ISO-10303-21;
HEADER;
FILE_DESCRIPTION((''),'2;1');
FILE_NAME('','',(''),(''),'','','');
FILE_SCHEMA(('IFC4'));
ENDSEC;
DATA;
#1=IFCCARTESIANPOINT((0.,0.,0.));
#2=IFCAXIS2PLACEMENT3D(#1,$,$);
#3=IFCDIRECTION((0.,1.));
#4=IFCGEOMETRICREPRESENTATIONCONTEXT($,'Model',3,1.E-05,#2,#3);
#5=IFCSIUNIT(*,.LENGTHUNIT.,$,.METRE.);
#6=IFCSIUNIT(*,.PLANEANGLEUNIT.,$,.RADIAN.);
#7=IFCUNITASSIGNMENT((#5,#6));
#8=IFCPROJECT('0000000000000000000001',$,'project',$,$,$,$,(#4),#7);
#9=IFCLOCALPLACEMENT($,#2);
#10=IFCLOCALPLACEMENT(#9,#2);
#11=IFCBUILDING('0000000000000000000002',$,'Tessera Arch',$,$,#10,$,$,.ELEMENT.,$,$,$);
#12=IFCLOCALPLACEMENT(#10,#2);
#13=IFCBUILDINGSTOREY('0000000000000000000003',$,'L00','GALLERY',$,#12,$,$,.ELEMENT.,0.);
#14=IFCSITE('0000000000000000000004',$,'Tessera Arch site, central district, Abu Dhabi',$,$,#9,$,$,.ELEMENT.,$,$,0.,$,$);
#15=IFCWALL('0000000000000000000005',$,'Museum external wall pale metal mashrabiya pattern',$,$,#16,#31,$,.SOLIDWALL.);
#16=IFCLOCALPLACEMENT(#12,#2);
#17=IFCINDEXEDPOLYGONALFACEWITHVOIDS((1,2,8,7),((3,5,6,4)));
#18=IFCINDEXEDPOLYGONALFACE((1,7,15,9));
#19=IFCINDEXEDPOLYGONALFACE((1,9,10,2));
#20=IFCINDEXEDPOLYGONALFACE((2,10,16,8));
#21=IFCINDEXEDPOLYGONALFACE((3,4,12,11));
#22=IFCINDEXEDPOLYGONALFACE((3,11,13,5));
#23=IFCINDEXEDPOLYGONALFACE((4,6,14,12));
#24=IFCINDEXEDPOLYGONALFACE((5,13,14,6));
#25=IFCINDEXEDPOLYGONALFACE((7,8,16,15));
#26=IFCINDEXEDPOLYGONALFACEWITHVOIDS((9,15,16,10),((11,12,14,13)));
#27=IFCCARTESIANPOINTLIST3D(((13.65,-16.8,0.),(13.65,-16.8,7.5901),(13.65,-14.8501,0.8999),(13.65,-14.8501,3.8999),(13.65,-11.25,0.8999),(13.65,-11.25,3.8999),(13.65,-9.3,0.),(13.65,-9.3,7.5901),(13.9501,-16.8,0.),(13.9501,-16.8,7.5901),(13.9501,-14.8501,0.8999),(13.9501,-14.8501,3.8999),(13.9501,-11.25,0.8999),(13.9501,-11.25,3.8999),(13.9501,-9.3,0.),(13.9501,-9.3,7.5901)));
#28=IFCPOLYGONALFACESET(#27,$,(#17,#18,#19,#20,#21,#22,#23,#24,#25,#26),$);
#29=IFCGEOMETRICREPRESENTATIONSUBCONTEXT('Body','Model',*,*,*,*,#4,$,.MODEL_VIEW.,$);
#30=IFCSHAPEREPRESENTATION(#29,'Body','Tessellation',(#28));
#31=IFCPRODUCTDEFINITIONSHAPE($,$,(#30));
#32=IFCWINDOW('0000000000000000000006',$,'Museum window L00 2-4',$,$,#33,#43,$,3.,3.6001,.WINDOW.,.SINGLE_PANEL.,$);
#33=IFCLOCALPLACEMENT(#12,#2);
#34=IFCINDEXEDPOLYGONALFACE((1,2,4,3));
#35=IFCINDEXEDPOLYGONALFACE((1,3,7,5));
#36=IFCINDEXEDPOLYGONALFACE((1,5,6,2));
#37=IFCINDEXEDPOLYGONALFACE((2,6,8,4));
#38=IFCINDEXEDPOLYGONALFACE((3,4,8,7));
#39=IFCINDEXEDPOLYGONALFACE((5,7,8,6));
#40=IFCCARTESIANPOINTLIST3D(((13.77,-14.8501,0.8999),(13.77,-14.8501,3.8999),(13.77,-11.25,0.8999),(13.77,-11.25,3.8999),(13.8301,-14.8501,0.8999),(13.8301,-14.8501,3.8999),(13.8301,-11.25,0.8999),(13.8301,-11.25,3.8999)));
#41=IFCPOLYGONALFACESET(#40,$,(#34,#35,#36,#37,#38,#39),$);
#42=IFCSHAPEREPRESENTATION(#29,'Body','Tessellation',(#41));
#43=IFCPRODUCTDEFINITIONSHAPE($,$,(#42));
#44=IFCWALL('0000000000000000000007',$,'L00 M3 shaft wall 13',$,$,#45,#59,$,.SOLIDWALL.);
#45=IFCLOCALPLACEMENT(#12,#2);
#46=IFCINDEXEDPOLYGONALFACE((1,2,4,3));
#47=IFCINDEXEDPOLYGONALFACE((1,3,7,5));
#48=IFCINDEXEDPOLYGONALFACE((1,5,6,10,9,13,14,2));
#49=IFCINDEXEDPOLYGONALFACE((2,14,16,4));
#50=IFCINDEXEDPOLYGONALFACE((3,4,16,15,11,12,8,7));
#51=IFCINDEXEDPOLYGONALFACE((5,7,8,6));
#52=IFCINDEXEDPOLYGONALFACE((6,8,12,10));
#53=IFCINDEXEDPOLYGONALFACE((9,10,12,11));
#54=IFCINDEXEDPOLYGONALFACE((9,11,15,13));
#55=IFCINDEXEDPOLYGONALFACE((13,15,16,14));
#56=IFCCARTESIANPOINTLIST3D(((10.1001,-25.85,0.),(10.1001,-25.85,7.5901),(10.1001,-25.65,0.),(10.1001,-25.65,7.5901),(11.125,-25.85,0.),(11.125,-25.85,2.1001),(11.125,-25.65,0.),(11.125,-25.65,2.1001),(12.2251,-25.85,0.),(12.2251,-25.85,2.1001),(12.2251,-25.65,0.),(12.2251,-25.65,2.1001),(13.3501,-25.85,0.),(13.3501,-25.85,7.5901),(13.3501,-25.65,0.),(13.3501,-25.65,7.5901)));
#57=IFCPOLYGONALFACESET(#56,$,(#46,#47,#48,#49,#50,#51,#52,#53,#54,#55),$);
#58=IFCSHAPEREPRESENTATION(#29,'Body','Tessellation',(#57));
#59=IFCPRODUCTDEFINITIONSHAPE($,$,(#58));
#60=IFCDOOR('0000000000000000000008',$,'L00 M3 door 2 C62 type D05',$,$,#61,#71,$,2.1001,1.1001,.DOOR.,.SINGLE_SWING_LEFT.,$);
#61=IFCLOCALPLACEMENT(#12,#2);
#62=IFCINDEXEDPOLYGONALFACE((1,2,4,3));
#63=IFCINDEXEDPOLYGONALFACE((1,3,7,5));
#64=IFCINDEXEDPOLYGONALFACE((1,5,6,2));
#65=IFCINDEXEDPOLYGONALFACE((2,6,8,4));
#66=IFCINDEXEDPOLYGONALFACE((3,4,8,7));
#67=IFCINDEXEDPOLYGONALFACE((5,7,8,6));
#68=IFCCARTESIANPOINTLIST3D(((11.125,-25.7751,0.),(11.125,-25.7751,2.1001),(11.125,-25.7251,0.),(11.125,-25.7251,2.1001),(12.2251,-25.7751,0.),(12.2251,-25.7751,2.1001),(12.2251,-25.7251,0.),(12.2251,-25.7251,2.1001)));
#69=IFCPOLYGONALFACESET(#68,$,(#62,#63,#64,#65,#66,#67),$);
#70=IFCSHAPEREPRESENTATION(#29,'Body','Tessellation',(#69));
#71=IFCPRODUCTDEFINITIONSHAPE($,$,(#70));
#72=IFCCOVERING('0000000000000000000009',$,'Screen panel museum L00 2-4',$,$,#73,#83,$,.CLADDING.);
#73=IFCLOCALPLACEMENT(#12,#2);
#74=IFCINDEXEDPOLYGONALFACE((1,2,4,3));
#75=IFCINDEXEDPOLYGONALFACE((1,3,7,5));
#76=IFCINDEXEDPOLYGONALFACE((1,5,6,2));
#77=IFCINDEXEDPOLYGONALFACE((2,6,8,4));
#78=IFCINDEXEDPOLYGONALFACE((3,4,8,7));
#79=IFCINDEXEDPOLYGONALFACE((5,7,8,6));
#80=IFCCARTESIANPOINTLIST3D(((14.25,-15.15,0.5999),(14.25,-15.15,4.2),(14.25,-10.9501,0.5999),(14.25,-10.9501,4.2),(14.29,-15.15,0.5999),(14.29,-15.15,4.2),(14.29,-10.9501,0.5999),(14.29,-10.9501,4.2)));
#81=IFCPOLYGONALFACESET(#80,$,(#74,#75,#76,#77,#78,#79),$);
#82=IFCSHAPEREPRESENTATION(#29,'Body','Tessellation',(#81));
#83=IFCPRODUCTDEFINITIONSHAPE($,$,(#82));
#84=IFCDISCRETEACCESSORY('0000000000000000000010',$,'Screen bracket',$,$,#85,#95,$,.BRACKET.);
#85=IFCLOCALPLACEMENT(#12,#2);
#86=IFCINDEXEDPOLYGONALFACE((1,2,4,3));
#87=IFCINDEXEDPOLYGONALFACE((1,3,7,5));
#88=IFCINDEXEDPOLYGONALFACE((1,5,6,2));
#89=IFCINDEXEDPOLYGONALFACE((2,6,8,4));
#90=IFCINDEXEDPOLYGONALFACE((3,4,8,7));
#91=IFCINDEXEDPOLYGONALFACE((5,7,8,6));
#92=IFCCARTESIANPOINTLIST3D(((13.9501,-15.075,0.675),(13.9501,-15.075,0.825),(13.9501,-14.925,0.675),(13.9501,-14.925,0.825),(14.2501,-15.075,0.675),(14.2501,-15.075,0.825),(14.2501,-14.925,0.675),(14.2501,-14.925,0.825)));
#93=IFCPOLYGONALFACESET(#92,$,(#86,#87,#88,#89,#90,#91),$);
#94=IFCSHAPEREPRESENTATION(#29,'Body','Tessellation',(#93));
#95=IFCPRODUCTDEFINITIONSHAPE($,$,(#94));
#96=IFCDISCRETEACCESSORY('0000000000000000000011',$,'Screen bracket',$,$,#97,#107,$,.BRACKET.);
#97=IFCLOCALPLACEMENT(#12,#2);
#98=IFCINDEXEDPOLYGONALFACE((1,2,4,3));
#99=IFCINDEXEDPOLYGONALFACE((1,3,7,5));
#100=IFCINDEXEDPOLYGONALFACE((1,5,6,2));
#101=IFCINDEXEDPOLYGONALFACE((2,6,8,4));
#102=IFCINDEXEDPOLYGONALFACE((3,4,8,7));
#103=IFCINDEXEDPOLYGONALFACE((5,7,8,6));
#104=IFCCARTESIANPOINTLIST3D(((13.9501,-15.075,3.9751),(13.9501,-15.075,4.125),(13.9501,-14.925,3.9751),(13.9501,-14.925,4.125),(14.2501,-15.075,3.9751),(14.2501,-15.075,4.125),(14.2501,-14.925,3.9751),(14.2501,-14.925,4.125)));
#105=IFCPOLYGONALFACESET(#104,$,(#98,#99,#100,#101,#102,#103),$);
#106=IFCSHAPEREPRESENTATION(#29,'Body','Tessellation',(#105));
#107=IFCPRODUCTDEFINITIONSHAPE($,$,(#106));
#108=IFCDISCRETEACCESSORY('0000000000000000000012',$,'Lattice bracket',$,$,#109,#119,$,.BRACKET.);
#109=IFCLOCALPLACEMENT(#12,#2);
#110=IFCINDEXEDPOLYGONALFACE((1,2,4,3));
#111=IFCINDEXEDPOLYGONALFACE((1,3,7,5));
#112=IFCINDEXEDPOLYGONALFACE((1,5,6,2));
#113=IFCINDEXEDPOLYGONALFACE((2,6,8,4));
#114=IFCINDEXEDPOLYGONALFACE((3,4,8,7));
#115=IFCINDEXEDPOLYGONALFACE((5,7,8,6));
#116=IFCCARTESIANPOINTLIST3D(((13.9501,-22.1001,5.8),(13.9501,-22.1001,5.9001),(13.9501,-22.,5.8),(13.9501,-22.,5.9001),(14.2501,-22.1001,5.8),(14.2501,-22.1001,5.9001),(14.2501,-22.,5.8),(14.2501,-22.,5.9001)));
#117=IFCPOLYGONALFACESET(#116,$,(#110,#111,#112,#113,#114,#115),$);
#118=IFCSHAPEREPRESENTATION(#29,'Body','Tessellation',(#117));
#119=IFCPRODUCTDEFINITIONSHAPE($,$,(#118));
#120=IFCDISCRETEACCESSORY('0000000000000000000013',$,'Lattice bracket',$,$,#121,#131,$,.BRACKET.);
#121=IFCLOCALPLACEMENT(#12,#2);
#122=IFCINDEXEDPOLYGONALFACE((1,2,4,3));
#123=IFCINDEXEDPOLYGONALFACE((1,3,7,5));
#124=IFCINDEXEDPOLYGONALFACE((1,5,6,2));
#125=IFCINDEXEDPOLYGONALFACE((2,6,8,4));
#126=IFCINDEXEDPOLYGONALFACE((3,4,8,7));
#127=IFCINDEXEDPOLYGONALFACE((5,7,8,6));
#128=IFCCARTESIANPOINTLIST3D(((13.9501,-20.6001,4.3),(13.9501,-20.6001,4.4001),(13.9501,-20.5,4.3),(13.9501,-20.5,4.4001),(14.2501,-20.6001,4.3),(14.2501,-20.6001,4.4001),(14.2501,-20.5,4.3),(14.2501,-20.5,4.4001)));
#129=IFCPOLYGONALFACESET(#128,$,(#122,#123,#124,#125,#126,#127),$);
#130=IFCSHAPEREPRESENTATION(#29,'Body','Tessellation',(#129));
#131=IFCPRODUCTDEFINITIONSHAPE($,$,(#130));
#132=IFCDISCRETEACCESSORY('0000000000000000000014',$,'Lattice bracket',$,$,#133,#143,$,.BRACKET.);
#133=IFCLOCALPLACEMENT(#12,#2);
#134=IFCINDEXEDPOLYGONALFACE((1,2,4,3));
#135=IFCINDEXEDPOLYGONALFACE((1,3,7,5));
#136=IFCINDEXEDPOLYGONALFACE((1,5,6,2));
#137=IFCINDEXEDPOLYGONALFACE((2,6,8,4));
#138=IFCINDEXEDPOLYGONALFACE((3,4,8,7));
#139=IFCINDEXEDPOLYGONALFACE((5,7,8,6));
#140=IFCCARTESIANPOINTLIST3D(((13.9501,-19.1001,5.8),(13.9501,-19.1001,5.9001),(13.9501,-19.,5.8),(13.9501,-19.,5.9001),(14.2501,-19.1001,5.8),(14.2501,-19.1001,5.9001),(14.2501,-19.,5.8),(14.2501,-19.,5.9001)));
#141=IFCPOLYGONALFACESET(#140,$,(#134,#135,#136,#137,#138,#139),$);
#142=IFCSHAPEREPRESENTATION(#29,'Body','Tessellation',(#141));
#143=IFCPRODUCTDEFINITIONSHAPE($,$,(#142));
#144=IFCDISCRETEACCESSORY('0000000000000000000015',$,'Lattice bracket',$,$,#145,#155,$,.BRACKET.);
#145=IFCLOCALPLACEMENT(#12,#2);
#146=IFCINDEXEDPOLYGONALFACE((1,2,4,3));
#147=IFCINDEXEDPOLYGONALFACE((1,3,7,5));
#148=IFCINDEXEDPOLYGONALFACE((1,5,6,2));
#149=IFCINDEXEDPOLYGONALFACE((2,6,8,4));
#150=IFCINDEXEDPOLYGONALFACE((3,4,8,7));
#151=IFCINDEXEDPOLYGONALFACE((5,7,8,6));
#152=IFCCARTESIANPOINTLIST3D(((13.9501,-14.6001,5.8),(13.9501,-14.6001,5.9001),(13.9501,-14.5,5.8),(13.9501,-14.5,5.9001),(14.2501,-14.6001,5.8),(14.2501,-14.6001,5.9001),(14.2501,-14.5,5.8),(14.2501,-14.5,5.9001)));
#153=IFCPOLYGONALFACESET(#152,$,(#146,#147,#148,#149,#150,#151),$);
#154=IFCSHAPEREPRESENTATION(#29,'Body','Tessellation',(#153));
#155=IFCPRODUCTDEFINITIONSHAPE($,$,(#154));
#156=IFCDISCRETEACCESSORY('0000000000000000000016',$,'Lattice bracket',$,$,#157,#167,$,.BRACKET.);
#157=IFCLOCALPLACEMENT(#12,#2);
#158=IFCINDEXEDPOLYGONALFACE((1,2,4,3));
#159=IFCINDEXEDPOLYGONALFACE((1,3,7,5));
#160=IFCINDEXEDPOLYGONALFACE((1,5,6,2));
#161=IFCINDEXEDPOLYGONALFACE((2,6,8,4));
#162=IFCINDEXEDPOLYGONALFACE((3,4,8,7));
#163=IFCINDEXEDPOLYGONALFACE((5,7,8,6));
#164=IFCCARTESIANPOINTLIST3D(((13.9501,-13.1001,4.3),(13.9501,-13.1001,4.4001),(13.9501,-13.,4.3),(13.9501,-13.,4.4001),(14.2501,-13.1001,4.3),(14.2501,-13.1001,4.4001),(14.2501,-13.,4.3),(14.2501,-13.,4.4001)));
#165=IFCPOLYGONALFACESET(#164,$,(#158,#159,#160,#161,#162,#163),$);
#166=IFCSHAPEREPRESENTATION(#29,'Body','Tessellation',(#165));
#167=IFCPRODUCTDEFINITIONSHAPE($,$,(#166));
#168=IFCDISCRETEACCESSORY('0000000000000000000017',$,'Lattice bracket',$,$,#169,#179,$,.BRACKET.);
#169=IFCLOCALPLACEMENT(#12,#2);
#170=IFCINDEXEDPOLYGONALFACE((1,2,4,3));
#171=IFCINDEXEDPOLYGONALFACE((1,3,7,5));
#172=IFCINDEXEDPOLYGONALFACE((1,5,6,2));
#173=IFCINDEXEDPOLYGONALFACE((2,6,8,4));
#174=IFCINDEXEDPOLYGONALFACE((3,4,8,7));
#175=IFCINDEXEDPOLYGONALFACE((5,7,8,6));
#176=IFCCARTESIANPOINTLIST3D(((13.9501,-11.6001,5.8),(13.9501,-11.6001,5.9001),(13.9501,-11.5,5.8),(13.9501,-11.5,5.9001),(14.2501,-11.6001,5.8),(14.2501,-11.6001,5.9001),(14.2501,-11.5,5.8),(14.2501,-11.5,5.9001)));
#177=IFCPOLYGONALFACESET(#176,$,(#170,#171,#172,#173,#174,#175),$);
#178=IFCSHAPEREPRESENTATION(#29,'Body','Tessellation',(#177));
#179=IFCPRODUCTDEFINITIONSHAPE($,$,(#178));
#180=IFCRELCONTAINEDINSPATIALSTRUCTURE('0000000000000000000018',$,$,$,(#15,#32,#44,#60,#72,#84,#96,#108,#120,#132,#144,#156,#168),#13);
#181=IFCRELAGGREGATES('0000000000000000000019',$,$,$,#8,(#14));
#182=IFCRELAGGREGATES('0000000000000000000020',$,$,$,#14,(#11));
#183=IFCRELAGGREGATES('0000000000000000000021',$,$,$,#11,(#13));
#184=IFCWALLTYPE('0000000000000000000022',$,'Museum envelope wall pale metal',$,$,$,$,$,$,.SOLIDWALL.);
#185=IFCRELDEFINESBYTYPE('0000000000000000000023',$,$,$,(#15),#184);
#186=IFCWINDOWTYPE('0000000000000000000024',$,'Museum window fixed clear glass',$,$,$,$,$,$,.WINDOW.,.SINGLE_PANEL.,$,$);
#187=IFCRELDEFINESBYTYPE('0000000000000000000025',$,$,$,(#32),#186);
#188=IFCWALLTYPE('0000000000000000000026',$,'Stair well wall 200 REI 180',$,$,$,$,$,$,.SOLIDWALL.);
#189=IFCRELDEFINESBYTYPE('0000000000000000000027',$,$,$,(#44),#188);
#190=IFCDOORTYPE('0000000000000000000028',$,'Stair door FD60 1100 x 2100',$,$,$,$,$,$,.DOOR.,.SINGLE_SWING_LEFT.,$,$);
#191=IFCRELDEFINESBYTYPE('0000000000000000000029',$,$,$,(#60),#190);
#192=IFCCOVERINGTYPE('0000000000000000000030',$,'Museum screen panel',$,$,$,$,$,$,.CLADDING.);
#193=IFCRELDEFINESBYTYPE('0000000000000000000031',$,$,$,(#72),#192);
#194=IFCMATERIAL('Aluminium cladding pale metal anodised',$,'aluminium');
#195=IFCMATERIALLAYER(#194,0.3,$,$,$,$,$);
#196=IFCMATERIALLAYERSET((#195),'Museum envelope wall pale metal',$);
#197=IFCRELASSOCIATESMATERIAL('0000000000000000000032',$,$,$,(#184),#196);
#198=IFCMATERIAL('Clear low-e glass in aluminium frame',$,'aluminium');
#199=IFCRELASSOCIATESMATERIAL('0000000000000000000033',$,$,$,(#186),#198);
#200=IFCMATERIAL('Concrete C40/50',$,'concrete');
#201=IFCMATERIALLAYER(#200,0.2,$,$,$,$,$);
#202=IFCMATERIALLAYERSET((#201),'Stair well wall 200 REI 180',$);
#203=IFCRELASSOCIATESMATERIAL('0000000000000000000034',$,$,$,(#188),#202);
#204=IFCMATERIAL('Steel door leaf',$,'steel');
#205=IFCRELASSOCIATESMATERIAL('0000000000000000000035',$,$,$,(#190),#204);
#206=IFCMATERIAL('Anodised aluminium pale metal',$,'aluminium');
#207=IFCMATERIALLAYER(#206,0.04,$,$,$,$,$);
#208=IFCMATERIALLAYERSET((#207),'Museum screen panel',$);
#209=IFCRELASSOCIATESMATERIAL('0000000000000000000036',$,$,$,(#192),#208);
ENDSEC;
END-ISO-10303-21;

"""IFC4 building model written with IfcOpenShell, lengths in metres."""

from ifc_helpers import new_model, si_unit, direction, frame, frame_2d, origin, origin_2d, place, context, subcontext, project, spatial, rectangle, extrude, material, layer, layer_set, type_object, element, fill, save


model = new_model("IFC4")

# Units and contexts
model_context = context("Model", 3, precision=1e-05, world=origin(), true_north=direction((0.0, 1.0)))
body_context = subcontext(model_context, "Body", "Model", "MODEL_VIEW")
ifc_project = project(units=[si_unit("LENGTHUNIT", "METRE"), si_unit("PLANEANGLEUNIT", "RADIAN")], contexts=[model_context])

# Site, building, storey
site_placement = place(None, origin())
site = spatial("IfcSite", under=ifc_project, at=site_placement, Name="Tessera Arch site, central district, Abu Dhabi", CompositionType="ELEMENT", RefElevation=0.0)
building_placement = place(site_placement, origin())
building = spatial("IfcBuilding", under=site, at=building_placement, Name="Tessera Arch", CompositionType="ELEMENT")
storey_placement = place(building_placement, origin())
storey = spatial("IfcBuildingStorey", under=building, at=storey_placement, Name="L00", Description="GALLERY", CompositionType="ELEMENT", Elevation=0.0)

# Shared definitions
ifc_material_1 = material(Name="Aluminium cladding pale metal anodised", Category="aluminium")
ifc_layer_1 = layer(ifc_material_1, 0.3)
ifc_layer_set_1 = layer_set([ifc_layer_1], Name="Museum envelope wall pale metal")
wall_type_1 = type_object("IfcWallType", Name="Museum envelope wall pale metal", PredefinedType="SOLIDWALL", material=ifc_layer_set_1)

# Wall, opening, window
wall_1_placement = place(storey_placement, frame((13.8, -16.8, 0.0), z_axis=(0.0, 0.0, 1.0), x_axis=(0.0, 1.0, 0.0)))
wall_1 = element("IfcWall", 1, at=wall_1_placement, inside=storey, type_object=wall_type_1, Name="Museum external wall pale metal mashrabiya pattern", PredefinedType="SOLIDWALL", context=body_context, shape_type="SweptSolid", body=[
    extrude(rectangle(XDim=7.5, YDim=0.3, at=frame_2d((3.75, 0.0))), origin(), (0.0, 0.0, 1.0), 7.5901),
])
opening_1_placement = place(wall_1_placement, frame((1.95, 0.0, 0.8999)))
opening_1 = element("IfcOpeningElement", 2, at=opening_1_placement, cuts=wall_1, PredefinedType="OPENING", context=body_context, shape_type="SweptSolid", body=[
    extrude(rectangle(XDim=3.6001, YDim=3.0, at=frame_2d((1.8, 1.5))), frame((0.0, 0.1599, 0.0), z_axis=(0.0, -1.0, 0.0), x_axis=(1.0, 0.0, 0.0)), (0.0, 0.0, 1.0), 0.3201),
])
ifc_material_2 = material(Name="Clear low-e glass in aluminium frame", Category="aluminium")
window_type = type_object("IfcWindowType", Name="Museum window fixed clear glass", PartitioningType="SINGLE_PANEL", PredefinedType="WINDOW", material=ifc_material_2)
window_placement = place(opening_1_placement, origin())
window = element("IfcWindow", 3, at=window_placement, inside=storey, type_object=window_type, Name="Museum window L00 2-4", OverallHeight=3.0, OverallWidth=3.6001, PartitioningType="SINGLE_PANEL", PredefinedType="WINDOW", context=body_context, shape_type="SweptSolid", body=[
    extrude(rectangle(XDim=3.6001, YDim=3.0, at=frame_2d((1.8, 1.5))), frame((0.0, 0.03, 0.0), z_axis=(0.0, -1.0, 0.0), x_axis=(1.0, 0.0, 0.0)), (0.0, 0.0, 1.0), 0.0601),
])
fill(opening_1, window)

# Wall, opening, door
ifc_material_3 = material(Name="Concrete C40/50", Category="concrete")
ifc_layer_2 = layer(ifc_material_3, 0.2)
ifc_layer_set_2 = layer_set([ifc_layer_2], Name="Stair well wall 200 REI 180")
wall_type_2 = type_object("IfcWallType", Name="Stair well wall 200 REI 180", PredefinedType="SOLIDWALL", material=ifc_layer_set_2)
wall_2_placement = place(storey_placement, frame((10.1001, -25.75, 0.0), z_axis=(0.0, 0.0, 1.0), x_axis=(1.0, 0.0, 0.0)))
wall_2 = element("IfcWall", 4, at=wall_2_placement, inside=storey, type_object=wall_type_2, Name="L00 M3 shaft wall 13", PredefinedType="SOLIDWALL", context=body_context, shape_type="SweptSolid", body=[
    extrude(rectangle(XDim=3.25, YDim=0.2, at=frame_2d((1.625, 0.0))), origin(), (0.0, 0.0, 1.0), 7.5901),
])
opening_2_placement = place(wall_2_placement, frame((1.0249, 0.0, 0.0)))
opening_2 = element("IfcOpeningElement", 5, at=opening_2_placement, cuts=wall_2, PredefinedType="OPENING", context=body_context, shape_type="SweptSolid", body=[
    extrude(rectangle(XDim=1.1001, YDim=2.1001, at=frame_2d((0.55, 1.05))), frame((0.0, 0.1099, 0.0), z_axis=(0.0, -1.0, 0.0), x_axis=(1.0, 0.0, 0.0)), (0.0, 0.0, 1.0), 0.22),
])
ifc_material_4 = material(Name="Steel door leaf", Category="steel")
door_type = type_object("IfcDoorType", Name="Stair door FD60 1100 x 2100", OperationType="SINGLE_SWING_LEFT", PredefinedType="DOOR", material=ifc_material_4)
door_placement = place(opening_2_placement, origin())
door = element("IfcDoor", 6, at=door_placement, inside=storey, type_object=door_type, Name="L00 M3 door 2 C62 type D05", OperationType="SINGLE_SWING_LEFT", OverallHeight=2.1001, OverallWidth=1.1001, PredefinedType="DOOR", context=body_context, shape_type="SweptSolid", body=[
    extrude(rectangle(XDim=1.1001, YDim=2.1001, at=frame_2d((0.55, 1.05))), frame((0.0, 0.0249, 0.0), z_axis=(0.0, -1.0, 0.0), x_axis=(1.0, 0.0, 0.0)), (0.0, 0.0, 1.0), 0.05),
])
fill(opening_2, door)

# Covering
ifc_material_5 = material(Name="Anodised aluminium pale metal", Category="aluminium")
ifc_layer_3 = layer(ifc_material_5, 0.04)
ifc_layer_set_3 = layer_set([ifc_layer_3], Name="Museum screen panel")
covering_type = type_object("IfcCoveringType", Name="Museum screen panel", PredefinedType="CLADDING", material=ifc_layer_set_3)
covering_placement = place(storey_placement, frame((14.27, -13.05, 0.5999), z_axis=(0.0, 0.0, 1.0), x_axis=(0.0, 1.0, 0.0)))
element("IfcCovering", 7, at=covering_placement, inside=storey, type_object=covering_type, Name="Screen panel museum L00 2-4", PredefinedType="CLADDING", context=body_context, shape_type="SweptSolid", body=[
    extrude(rectangle(XDim=4.2, YDim=0.04, at=origin_2d()), origin(), (0.0, 0.0, 1.0), 3.6001),
])

# Discrete accessories
for number, where, z_axis, x_axis, name in (
    (8, (14.1001, -15.0, 0.675), (0.0, 0.0, 1.0), (1.0, 0.0, 0.0), "Screen bracket"),
    (9, (14.1001, -15.0, 3.9751), (0.0, 0.0, 1.0), (1.0, 0.0, 0.0), "Screen bracket"),
):
    element("IfcDiscreteAccessory", number, at=place(storey_placement, frame(where, z_axis=z_axis, x_axis=x_axis)), inside=storey, Name=name, PredefinedType="BRACKET", context=body_context, shape_type="SweptSolid", body=[
        extrude(rectangle(XDim=0.3, YDim=0.1499, at=origin_2d()), origin(), (0.0, 0.0, 1.0), 0.1499),
    ])
for number, where, z_axis, x_axis, name in (
    (10, (14.1001, -22.05, 5.8), (0.0, 0.0, 1.0), (1.0, 0.0, 0.0), "Lattice bracket"),
    (11, (14.1001, -20.55, 4.3), (0.0, 0.0, 1.0), (1.0, 0.0, 0.0), "Lattice bracket"),
    (12, (14.1001, -19.05, 5.8), (0.0, 0.0, 1.0), (1.0, 0.0, 0.0), "Lattice bracket"),
    (13, (14.1001, -14.55, 5.8), (0.0, 0.0, 1.0), (1.0, 0.0, 0.0), "Lattice bracket"),
    (14, (14.1001, -13.05, 4.3), (0.0, 0.0, 1.0), (1.0, 0.0, 0.0), "Lattice bracket"),
    (15, (14.1001, -11.55, 5.8), (0.0, 0.0, 1.0), (1.0, 0.0, 0.0), "Lattice bracket"),
):
    element("IfcDiscreteAccessory", number, at=place(storey_placement, frame(where, z_axis=z_axis, x_axis=x_axis)), inside=storey, Name=name, PredefinedType="BRACKET", context=body_context, shape_type="SweptSolid", body=[
        extrude(rectangle(XDim=0.3, YDim=0.1001, at=origin_2d()), origin(), (0.0, 0.0, 1.0), 0.1001),
    ])

save(model, "model.ifc")
